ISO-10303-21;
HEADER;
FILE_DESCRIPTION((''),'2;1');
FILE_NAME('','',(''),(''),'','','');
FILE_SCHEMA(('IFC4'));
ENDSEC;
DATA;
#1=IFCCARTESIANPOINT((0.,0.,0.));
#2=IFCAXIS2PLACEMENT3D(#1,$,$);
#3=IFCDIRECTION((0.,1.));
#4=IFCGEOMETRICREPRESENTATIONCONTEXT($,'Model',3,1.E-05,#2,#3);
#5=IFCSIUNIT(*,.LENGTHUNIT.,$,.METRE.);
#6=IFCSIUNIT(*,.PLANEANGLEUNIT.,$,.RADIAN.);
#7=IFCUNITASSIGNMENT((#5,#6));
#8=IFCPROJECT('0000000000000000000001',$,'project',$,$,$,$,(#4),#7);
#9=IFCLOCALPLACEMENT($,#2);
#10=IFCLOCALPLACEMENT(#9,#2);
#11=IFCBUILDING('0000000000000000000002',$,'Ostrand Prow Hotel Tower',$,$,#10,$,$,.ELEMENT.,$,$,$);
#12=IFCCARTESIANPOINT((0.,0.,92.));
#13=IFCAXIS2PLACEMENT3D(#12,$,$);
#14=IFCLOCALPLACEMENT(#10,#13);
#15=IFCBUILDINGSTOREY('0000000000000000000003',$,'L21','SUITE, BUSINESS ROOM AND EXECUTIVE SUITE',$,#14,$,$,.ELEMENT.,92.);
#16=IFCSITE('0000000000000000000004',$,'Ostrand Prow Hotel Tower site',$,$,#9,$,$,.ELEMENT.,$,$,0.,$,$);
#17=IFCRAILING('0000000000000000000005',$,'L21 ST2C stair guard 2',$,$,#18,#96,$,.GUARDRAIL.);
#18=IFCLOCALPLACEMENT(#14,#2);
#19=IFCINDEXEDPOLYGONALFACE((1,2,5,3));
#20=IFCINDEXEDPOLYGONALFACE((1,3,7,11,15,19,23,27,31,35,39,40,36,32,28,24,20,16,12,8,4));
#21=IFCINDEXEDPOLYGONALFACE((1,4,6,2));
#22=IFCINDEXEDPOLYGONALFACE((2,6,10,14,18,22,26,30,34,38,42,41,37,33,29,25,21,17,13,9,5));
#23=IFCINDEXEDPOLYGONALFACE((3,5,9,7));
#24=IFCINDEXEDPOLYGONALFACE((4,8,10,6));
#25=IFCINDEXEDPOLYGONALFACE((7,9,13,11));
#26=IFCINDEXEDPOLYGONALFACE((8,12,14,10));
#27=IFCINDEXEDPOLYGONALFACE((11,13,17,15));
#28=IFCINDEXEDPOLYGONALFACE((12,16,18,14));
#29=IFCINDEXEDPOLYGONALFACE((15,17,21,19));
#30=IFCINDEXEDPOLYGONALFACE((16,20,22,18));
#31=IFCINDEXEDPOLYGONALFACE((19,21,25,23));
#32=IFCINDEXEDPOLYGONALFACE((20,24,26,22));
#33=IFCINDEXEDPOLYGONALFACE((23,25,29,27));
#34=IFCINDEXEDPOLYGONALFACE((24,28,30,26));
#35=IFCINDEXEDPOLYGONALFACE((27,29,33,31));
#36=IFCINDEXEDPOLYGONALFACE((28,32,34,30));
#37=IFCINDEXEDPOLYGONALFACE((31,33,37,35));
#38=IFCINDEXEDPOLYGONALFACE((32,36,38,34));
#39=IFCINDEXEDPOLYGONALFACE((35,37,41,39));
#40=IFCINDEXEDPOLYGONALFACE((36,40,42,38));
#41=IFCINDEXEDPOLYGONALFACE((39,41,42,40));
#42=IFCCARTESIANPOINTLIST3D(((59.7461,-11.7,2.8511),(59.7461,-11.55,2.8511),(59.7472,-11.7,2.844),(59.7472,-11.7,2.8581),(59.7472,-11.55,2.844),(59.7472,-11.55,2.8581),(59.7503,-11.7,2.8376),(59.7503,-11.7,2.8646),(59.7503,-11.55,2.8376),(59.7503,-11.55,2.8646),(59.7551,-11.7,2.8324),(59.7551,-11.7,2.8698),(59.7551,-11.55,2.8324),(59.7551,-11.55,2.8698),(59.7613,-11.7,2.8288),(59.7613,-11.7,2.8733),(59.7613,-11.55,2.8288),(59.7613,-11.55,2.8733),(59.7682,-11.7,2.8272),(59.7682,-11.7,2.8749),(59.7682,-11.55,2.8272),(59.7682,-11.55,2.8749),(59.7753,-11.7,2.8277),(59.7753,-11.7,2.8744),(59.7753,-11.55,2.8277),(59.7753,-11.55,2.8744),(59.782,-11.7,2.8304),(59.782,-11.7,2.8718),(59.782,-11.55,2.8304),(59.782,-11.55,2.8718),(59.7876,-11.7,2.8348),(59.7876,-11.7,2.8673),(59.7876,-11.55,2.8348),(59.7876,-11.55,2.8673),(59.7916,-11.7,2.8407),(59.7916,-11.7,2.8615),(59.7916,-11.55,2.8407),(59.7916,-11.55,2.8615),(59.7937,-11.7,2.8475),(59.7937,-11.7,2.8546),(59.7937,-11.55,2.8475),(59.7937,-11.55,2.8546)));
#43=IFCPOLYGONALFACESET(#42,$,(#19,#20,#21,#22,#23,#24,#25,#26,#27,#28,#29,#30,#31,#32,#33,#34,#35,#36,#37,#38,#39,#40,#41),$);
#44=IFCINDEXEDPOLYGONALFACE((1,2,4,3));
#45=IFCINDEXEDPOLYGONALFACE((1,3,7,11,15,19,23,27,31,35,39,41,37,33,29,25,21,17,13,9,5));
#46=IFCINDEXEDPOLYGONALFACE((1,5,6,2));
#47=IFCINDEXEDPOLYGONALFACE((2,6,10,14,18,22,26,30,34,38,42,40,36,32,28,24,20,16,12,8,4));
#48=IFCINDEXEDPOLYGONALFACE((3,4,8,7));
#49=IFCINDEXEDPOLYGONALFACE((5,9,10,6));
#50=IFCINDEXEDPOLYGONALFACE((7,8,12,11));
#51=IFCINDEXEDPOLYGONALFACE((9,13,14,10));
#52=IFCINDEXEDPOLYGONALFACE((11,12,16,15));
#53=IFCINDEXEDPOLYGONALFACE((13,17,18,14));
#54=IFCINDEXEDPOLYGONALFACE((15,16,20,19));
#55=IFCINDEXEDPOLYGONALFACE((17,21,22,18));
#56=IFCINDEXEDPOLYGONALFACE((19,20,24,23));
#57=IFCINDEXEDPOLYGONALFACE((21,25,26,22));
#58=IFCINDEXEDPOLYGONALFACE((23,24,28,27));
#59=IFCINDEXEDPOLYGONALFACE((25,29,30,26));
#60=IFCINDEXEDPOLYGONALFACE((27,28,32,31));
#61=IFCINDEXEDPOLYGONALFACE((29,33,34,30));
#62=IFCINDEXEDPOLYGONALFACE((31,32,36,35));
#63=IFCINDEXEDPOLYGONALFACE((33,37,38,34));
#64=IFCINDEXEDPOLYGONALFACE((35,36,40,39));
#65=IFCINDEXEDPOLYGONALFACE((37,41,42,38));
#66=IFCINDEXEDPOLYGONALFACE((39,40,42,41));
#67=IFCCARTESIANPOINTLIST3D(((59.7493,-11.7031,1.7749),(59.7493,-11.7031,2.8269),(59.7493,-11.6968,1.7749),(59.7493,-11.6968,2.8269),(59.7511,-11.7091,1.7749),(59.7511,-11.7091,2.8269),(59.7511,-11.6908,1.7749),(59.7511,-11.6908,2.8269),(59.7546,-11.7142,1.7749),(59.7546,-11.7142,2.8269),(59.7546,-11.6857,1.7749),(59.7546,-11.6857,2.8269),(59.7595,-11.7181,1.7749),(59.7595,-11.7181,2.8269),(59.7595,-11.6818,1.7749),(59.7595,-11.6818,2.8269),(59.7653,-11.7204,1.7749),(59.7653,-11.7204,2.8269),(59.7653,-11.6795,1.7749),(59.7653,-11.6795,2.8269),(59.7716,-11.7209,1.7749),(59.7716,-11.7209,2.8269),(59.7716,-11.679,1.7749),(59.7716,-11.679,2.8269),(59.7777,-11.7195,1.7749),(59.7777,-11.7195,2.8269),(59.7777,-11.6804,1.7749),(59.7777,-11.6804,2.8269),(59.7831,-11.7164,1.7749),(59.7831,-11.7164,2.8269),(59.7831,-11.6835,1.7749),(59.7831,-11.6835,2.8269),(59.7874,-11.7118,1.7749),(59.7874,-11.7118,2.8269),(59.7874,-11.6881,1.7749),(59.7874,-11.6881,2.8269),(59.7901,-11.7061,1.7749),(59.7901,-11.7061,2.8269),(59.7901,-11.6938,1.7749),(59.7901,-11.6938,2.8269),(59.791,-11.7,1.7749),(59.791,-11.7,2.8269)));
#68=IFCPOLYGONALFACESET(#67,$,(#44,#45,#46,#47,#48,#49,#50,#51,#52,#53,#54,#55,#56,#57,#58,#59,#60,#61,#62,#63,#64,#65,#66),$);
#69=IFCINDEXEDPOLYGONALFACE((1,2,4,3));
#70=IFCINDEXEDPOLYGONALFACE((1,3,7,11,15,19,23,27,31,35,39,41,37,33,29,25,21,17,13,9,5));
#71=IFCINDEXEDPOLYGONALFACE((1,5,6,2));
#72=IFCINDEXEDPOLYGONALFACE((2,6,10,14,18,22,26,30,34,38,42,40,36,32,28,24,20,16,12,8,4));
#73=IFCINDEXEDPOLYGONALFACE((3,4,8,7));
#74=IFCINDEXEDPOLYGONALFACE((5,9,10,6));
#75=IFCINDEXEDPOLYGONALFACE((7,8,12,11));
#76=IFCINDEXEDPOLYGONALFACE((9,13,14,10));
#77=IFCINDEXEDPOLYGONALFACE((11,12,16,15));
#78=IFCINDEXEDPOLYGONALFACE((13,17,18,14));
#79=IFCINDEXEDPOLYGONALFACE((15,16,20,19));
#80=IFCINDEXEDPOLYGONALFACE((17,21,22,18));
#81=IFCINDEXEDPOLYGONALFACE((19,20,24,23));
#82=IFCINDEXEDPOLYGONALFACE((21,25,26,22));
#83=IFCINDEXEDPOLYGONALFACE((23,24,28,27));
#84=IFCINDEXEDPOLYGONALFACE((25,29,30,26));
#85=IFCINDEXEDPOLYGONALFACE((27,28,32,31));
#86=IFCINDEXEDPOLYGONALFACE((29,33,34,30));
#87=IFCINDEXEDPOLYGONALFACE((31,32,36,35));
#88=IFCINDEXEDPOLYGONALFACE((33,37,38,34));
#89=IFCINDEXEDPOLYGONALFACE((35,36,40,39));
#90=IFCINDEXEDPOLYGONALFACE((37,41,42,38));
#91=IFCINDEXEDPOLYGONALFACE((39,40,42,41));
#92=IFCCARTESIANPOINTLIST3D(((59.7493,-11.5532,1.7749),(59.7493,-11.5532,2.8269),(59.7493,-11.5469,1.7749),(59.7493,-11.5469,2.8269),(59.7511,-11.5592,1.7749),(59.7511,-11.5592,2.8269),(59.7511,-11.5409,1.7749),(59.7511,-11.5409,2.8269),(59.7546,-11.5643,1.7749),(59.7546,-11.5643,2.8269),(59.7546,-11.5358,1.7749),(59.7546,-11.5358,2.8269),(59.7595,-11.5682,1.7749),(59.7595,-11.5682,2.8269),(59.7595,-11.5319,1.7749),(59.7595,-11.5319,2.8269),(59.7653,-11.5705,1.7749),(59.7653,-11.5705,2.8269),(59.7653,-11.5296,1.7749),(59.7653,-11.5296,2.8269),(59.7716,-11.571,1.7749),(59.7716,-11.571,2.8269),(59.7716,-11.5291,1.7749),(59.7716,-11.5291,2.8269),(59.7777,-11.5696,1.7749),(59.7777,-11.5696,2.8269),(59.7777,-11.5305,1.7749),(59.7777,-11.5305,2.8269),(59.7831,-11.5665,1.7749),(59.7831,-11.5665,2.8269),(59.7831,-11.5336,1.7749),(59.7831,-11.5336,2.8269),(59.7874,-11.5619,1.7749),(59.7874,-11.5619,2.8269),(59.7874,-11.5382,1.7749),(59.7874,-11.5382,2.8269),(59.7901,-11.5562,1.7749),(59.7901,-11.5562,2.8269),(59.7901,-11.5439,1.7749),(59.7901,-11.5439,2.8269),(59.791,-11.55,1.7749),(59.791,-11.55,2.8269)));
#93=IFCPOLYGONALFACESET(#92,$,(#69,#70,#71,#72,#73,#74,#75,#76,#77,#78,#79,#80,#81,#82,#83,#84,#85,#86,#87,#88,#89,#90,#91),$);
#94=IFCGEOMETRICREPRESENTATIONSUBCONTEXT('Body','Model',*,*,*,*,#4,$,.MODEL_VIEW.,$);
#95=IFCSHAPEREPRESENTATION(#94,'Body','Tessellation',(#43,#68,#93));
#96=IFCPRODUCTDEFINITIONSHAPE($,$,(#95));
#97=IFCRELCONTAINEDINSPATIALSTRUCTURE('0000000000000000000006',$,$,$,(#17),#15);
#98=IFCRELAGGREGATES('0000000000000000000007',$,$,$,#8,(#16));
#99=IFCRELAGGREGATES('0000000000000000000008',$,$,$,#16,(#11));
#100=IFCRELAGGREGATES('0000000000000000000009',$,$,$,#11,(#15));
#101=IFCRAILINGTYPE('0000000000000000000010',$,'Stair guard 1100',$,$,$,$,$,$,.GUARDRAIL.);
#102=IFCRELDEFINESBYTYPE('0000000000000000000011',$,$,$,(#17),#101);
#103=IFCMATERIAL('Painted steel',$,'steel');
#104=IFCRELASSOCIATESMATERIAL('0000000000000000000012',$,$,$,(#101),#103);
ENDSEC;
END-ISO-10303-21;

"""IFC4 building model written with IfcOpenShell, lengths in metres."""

from ifc_helpers import new_model, si_unit, direction, frame, origin, origin_2d, place, context, subcontext, project, spatial, circle, extrude, material, type_object, element, save


model = new_model("IFC4")

# Units and contexts
model_context = context("Model", 3, precision=1e-05, world=origin(), true_north=direction((0.0, 1.0)))
body_context = subcontext(model_context, "Body", "Model", "MODEL_VIEW")
ifc_project = project(units=[si_unit("LENGTHUNIT", "METRE"), si_unit("PLANEANGLEUNIT", "RADIAN")], contexts=[model_context])

# Site, building, storey
site_placement = place(None, origin())
site = spatial("IfcSite", under=ifc_project, at=site_placement, Name="Ostrand Prow Hotel Tower site", CompositionType="ELEMENT", RefElevation=0.0)
building_placement = place(site_placement, origin())
building = spatial("IfcBuilding", under=site, at=building_placement, Name="Ostrand Prow Hotel Tower", CompositionType="ELEMENT")
storey_placement = place(building_placement, frame((0.0, 0.0, 92.0)))
storey = spatial("IfcBuildingStorey", under=building, at=storey_placement, Name="L21", Description="SUITE, BUSINESS ROOM AND EXECUTIVE SUITE", CompositionType="ELEMENT", Elevation=92.0)

# Railing
ifc_material_1 = material(Name="Painted steel", Category="steel")
railing_type_1 = type_object("IfcRailingType", Name="Stair guard 1100", PredefinedType="GUARDRAIL", material=ifc_material_1)
railing_1_placement = place(storey_placement, frame((59.77, -11.7, 1.7749)))
element("IfcRailing", 1, at=railing_1_placement, inside=storey, type_object=railing_type_1, Name="L21 ST2C stair guard 2", PredefinedType="GUARDRAIL", context=body_context, shape_type="SweptSolid", body=[
    extrude(circle(Radius=0.0239, at=origin_2d()), frame((0.0, 0.0, 1.0762), z_axis=(0.0, 1.0, 0.0), x_axis=(-1.0, 0.0, 0.0)), (0.0, 0.0, 1.0), 0.1499),
    extrude(circle(Radius=0.021, at=origin_2d()), origin(), (0.0, 0.0, 1.0), 1.052),
    extrude(circle(Radius=0.021, at=origin_2d()), frame((0.0, 0.1499, 0.0)), (0.0, 0.0, 1.0), 1.052),
])

save(model, "model.ifc")
